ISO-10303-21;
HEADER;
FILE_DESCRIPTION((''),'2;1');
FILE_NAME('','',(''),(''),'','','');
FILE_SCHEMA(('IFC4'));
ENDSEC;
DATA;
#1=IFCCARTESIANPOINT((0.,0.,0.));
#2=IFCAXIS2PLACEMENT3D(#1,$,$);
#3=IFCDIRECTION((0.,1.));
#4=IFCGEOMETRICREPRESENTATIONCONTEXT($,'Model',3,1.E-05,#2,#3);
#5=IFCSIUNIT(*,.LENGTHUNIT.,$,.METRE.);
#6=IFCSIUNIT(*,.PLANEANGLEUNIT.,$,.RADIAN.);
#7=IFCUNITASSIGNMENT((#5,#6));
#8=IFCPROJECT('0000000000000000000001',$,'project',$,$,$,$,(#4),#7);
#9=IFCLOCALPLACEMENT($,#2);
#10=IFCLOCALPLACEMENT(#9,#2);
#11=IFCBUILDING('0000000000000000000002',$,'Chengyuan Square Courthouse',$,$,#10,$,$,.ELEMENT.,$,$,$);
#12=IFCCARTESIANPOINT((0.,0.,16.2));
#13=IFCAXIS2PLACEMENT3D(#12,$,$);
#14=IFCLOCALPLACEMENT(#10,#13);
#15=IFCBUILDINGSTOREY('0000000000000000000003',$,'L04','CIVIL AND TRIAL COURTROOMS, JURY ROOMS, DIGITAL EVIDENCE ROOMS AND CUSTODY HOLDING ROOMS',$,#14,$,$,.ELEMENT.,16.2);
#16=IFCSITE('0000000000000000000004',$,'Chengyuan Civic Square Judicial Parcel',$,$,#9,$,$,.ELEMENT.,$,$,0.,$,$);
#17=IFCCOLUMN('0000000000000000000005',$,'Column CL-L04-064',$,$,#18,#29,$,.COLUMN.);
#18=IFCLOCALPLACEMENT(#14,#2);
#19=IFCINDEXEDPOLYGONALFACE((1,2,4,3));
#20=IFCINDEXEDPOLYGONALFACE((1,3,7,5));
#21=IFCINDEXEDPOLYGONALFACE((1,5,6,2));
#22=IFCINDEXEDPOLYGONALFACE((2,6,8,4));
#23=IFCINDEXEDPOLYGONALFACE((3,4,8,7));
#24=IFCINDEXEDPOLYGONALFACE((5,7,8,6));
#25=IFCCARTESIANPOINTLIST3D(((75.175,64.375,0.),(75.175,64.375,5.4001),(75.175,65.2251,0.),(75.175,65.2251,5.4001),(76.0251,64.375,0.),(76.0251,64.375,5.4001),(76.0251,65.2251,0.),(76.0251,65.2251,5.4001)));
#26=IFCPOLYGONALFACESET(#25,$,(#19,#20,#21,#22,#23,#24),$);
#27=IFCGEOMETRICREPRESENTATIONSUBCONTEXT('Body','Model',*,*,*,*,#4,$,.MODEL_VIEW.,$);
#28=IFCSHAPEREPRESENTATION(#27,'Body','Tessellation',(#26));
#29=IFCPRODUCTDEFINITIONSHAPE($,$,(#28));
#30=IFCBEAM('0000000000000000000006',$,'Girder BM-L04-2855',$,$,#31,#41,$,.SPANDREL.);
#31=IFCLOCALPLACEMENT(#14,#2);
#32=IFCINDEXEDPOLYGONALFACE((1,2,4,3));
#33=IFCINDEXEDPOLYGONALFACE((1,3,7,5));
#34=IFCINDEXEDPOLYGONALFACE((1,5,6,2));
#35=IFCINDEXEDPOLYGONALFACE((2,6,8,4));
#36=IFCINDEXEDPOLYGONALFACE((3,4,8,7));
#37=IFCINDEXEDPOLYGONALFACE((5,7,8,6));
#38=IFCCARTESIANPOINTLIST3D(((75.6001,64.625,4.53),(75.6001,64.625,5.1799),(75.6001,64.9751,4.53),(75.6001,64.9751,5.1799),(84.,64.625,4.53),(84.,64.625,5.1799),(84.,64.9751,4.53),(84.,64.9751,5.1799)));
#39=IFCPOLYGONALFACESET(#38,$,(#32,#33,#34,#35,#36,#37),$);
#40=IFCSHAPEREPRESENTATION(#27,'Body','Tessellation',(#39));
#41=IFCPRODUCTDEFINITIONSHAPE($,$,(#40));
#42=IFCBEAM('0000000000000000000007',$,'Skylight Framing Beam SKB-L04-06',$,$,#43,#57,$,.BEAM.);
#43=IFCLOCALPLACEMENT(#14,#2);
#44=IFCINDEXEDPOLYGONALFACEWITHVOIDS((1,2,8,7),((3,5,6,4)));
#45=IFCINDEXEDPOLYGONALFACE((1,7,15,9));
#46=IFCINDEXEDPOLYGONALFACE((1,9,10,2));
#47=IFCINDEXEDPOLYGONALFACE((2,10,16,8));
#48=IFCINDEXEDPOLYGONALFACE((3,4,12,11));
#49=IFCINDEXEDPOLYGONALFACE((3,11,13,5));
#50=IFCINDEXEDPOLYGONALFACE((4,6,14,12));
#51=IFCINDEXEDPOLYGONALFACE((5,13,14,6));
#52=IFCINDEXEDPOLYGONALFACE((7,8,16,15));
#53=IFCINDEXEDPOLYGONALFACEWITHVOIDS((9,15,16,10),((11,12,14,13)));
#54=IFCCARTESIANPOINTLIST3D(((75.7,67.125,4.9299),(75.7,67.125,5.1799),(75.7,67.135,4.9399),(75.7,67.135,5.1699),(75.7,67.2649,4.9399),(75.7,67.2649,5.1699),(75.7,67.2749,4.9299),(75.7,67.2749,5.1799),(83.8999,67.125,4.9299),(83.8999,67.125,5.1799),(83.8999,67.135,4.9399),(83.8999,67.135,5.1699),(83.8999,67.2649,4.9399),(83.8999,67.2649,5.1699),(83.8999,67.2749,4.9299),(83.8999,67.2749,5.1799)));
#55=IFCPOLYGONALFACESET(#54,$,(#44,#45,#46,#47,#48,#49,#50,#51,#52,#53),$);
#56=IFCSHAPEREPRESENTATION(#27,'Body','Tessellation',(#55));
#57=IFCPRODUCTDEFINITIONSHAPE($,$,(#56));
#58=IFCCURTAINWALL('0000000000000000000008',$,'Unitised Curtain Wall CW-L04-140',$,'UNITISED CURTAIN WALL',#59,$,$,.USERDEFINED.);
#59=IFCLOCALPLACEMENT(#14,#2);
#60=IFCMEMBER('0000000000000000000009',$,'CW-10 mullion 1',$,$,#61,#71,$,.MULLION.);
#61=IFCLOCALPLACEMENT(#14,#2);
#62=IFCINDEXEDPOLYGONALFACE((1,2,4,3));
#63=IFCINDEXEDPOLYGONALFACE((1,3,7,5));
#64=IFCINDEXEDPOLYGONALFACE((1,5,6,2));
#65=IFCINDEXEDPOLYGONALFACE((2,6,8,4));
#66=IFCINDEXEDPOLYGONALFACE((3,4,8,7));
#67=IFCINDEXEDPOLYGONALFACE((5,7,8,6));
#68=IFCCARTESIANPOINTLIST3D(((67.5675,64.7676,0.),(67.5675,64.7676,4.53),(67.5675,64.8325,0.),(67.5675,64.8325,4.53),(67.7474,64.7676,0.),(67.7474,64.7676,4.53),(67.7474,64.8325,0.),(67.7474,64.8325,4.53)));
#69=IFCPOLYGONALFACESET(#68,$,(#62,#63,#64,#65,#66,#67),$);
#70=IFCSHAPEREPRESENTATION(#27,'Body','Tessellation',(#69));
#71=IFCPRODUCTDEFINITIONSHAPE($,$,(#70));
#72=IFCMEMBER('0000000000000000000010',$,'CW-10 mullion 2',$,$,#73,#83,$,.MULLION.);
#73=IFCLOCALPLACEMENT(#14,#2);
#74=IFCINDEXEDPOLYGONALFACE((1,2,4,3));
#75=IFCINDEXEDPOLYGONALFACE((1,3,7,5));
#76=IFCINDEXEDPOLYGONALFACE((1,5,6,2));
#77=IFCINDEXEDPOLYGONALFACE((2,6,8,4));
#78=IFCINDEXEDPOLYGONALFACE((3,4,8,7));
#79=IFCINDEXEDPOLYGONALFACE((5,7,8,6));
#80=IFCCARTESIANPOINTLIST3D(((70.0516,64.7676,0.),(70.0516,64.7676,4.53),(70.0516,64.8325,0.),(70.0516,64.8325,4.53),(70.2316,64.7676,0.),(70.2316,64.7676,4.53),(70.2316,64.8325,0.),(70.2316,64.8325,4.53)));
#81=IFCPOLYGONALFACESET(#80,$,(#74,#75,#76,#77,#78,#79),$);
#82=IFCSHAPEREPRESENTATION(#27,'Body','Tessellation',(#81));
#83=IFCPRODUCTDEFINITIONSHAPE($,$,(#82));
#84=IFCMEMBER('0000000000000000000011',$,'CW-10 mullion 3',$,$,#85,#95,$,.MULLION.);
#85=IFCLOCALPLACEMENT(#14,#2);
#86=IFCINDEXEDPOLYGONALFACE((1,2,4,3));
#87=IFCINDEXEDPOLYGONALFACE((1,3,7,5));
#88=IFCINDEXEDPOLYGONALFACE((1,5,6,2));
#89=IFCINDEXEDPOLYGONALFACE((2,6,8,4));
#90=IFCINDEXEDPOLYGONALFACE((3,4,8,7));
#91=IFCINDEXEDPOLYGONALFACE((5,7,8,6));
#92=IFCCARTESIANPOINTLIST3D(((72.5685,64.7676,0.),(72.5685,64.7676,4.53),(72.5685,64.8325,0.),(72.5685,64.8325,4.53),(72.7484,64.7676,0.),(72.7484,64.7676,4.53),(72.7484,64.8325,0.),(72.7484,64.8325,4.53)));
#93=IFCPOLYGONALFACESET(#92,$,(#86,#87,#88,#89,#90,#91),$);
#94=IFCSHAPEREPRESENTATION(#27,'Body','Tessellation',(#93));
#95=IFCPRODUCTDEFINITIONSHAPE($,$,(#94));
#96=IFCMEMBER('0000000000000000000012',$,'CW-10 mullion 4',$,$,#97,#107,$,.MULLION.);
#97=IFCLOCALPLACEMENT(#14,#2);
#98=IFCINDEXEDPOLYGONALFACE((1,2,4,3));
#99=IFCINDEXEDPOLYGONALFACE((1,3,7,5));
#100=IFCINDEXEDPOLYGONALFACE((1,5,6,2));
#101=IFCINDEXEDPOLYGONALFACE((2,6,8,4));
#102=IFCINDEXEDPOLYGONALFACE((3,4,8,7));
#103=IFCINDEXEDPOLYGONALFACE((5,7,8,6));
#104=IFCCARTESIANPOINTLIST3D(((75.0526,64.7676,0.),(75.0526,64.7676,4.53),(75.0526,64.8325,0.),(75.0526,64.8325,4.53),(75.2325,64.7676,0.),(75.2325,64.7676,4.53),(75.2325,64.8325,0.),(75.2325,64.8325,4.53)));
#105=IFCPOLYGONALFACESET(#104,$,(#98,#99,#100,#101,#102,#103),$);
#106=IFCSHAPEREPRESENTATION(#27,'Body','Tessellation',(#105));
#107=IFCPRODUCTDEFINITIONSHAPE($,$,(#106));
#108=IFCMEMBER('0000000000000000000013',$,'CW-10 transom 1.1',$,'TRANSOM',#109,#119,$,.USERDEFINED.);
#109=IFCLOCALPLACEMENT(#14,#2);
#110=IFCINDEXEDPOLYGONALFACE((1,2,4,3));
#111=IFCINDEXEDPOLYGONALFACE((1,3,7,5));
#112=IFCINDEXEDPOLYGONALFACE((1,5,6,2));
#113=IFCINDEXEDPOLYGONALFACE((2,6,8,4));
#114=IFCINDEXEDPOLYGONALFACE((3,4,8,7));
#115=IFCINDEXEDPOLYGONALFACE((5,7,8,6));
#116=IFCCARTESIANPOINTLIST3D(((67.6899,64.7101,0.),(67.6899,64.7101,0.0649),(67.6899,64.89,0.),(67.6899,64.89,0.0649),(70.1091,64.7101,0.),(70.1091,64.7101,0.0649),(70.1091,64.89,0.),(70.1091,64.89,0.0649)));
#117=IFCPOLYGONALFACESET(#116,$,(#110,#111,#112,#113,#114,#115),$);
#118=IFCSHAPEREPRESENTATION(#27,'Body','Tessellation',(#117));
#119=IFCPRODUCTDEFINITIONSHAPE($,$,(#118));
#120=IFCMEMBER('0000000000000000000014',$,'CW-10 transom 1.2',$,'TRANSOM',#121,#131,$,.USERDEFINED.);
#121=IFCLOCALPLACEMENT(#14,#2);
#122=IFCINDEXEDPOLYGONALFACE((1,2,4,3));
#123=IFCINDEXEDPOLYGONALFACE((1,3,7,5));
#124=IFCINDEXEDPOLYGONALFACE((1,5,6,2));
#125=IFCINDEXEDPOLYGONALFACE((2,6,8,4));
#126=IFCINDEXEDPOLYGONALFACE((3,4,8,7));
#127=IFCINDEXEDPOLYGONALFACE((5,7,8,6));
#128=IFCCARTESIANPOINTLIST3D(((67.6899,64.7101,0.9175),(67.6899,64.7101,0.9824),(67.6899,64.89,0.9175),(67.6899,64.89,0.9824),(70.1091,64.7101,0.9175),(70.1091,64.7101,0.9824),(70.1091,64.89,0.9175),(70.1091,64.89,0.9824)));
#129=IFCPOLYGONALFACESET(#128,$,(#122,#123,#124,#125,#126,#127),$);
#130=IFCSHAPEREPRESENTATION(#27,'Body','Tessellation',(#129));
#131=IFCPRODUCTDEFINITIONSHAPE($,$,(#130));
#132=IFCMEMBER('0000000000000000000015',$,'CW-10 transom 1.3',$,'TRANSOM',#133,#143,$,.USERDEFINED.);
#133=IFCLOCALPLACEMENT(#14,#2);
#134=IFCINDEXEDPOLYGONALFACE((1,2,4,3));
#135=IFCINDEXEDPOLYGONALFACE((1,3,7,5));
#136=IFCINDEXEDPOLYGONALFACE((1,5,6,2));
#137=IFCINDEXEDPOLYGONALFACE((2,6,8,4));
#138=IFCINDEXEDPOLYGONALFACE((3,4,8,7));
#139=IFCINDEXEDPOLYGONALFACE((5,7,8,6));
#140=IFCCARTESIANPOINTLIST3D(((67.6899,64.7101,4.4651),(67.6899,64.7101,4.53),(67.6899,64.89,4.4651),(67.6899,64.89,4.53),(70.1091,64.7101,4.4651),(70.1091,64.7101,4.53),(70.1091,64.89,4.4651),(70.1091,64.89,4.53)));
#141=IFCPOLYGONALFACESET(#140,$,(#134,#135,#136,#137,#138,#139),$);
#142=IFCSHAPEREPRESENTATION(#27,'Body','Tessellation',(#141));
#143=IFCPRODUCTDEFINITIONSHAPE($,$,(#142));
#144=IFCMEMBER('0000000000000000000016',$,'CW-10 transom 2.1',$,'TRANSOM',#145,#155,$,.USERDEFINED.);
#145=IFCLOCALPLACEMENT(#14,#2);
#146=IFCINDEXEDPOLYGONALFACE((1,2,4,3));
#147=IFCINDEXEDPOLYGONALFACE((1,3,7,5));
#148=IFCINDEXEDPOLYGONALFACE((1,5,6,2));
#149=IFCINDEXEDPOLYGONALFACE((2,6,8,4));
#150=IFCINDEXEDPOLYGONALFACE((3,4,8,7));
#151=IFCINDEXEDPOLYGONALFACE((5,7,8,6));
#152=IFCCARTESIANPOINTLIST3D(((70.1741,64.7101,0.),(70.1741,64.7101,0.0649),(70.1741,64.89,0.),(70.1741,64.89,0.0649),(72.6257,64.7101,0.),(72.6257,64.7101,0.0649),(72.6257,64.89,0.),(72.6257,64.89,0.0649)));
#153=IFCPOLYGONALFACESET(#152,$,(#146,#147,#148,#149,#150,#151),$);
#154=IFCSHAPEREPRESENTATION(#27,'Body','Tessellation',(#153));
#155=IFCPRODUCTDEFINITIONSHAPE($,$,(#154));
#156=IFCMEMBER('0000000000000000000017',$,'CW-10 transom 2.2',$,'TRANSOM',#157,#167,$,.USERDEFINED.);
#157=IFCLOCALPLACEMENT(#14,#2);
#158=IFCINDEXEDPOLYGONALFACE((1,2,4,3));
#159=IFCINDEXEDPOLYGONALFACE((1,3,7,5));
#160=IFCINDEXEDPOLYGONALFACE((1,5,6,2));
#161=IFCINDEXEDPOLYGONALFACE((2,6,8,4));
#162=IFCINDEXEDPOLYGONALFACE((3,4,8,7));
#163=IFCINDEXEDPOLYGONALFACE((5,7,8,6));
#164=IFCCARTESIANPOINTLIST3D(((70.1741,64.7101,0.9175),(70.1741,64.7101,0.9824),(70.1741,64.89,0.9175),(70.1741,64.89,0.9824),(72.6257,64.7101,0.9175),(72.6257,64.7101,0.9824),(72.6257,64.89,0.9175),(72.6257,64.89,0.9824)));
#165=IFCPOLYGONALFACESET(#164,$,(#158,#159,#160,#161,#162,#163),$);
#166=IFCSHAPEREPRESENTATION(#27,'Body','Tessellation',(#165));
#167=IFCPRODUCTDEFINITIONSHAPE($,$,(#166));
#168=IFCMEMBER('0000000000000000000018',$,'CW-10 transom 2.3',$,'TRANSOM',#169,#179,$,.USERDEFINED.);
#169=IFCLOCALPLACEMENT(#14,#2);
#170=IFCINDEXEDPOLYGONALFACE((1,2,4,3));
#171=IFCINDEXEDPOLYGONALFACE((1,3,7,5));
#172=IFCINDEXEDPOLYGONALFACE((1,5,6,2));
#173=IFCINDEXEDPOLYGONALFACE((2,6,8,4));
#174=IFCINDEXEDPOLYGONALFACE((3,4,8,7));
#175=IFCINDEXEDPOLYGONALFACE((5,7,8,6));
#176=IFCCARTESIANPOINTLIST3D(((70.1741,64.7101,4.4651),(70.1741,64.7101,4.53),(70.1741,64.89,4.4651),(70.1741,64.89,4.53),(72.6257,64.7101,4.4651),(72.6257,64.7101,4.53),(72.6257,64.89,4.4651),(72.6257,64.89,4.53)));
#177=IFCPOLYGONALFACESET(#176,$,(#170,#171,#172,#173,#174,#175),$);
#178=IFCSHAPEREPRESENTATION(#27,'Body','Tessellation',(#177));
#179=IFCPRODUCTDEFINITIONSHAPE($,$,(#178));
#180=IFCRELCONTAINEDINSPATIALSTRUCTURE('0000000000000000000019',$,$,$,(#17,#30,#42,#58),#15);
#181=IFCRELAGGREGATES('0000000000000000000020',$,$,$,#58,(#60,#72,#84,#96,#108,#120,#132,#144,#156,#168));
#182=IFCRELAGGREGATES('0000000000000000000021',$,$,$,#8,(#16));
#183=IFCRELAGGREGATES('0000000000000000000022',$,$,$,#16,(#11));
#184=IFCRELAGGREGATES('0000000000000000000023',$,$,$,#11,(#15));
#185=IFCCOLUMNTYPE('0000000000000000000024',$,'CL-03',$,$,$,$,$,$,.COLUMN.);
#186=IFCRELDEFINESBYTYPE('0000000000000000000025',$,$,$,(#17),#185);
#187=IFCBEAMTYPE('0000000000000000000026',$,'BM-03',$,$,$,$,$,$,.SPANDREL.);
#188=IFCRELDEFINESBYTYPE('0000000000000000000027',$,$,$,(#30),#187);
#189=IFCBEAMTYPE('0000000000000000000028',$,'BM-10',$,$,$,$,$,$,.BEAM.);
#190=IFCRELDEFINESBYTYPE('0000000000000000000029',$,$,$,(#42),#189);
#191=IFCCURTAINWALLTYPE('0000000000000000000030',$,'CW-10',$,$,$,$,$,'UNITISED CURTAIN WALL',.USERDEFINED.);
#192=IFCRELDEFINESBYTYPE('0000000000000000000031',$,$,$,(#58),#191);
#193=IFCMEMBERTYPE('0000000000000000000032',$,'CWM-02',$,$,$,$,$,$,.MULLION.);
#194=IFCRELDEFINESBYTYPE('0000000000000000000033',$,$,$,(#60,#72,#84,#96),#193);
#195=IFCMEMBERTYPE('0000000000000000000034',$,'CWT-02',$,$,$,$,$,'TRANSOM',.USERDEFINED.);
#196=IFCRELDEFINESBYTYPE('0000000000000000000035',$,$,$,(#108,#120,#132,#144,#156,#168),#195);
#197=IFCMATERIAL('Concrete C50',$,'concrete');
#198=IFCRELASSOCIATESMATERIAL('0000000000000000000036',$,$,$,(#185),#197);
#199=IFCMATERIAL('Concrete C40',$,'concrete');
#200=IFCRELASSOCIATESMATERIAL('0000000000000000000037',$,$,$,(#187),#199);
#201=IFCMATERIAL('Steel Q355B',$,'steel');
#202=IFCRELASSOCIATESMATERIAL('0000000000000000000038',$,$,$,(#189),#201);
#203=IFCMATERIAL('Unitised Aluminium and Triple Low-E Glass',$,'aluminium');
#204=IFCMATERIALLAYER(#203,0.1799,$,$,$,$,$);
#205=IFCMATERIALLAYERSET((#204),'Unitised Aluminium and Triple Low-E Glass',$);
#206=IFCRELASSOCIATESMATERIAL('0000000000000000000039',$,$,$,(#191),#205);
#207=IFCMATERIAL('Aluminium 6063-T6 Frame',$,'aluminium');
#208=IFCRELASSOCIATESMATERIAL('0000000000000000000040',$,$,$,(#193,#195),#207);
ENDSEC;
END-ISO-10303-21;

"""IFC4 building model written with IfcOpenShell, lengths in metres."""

from ifc_helpers import new_model, si_unit, direction, frame, origin, origin_2d, place, context, subcontext, project, spatial, rectangle, hollow_rectangle, extrude, material, layer, layer_set, material_profile, profile_set, type_object, element, aggregate, save


model = new_model("IFC4")

# Units and contexts
model_context = context("Model", 3, precision=1e-05, world=origin(), true_north=direction((0.0, 1.0)))
body_context = subcontext(model_context, "Body", "Model", "MODEL_VIEW")
ifc_project = project(units=[si_unit("LENGTHUNIT", "METRE"), si_unit("PLANEANGLEUNIT", "RADIAN")], contexts=[model_context])

# Site, building, storey
site_placement = place(None, origin())
site = spatial("IfcSite", under=ifc_project, at=site_placement, Name="Chengyuan Civic Square Judicial Parcel", CompositionType="ELEMENT", RefElevation=0.0)
building_placement = place(site_placement, origin())
building = spatial("IfcBuilding", under=site, at=building_placement, Name="Chengyuan Square Courthouse", CompositionType="ELEMENT")
storey_placement = place(building_placement, frame((0.0, 0.0, 16.2)))
storey = spatial("IfcBuildingStorey", under=building, at=storey_placement, Name="L04", Description="CIVIL AND TRIAL COURTROOMS, JURY ROOMS, DIGITAL EVIDENCE ROOMS AND CUSTODY HOLDING ROOMS", CompositionType="ELEMENT", Elevation=16.2)

# Column
ifc_material_1 = material(Name="Concrete C50", Category="concrete")
ifc_material_profile_1 = material_profile(ifc_material_1, rectangle(XDim=0.8501, YDim=0.8501, at=origin_2d()), Name="RC-COL-850x850")
ifc_profile_set_1 = profile_set([ifc_material_profile_1], Name="Concrete C50")
column_type = type_object("IfcColumnType", Name="CL-03", PredefinedType="COLUMN", material=ifc_profile_set_1)
column_placement = place(storey_placement, frame((75.6001, 64.8, 0.0), z_axis=(0.0, 0.0, 1.0), x_axis=(1.0, 0.0, 0.0)))
element("IfcColumn", 1, at=column_placement, inside=storey, type_object=column_type, Name="Column CL-L04-064", PredefinedType="COLUMN", context=body_context, shape_type="SweptSolid", body=[
    extrude(rectangle(XDim=0.8501, YDim=0.8501, at=origin_2d()), origin(), (0.0, 0.0, 1.0), 5.4001),
])

# Beams
ifc_material_2 = material(Name="Concrete C40", Category="concrete")
ifc_material_profile_2 = material_profile(ifc_material_2, rectangle(XDim=0.3501, YDim=0.6499, at=origin_2d()), Name="RC-BM-350x650")
ifc_profile_set_2 = profile_set([ifc_material_profile_2], Name="Concrete C40")
beam_type_1 = type_object("IfcBeamType", Name="BM-03", PredefinedType="SPANDREL", material=ifc_profile_set_2)
beam_1_placement = place(storey_placement, frame((75.6001, 64.8, 4.855), z_axis=(1.0, 0.0, 0.0), x_axis=(0.0, 1.0, 0.0)))
element("IfcBeam", 2, at=beam_1_placement, inside=storey, type_object=beam_type_1, Name="Girder BM-L04-2855", PredefinedType="SPANDREL", context=body_context, shape_type="SweptSolid", body=[
    extrude(rectangle(XDim=0.3501, YDim=0.6499, at=origin_2d()), origin(), (0.0, 0.0, 1.0), 8.3999),
])
ifc_material_3 = material(Name="Steel Q355B", Category="steel")
ifc_material_profile_3 = material_profile(ifc_material_3, hollow_rectangle(XDim=0.1499, YDim=0.25, WallThickness=0.01, at=origin_2d()), Name="RHS 250x150x10")
ifc_profile_set_3 = profile_set([ifc_material_profile_3], Name="Steel Q355B")
beam_type_2 = type_object("IfcBeamType", Name="BM-10", PredefinedType="BEAM", material=ifc_profile_set_3)
beam_2_placement = place(storey_placement, frame((75.7, 67.2, 5.0549), z_axis=(1.0, 0.0, 0.0), x_axis=(0.0, 1.0, 0.0)))
element("IfcBeam", 3, at=beam_2_placement, inside=storey, type_object=beam_type_2, Name="Skylight Framing Beam SKB-L04-06", PredefinedType="BEAM", context=body_context, shape_type="SweptSolid", body=[
    extrude(hollow_rectangle(XDim=0.1499, YDim=0.25, WallThickness=0.01, at=origin_2d()), origin(), (0.0, 0.0, 1.0), 8.2),
])

# Curtain wall, members
ifc_material_4 = material(Name="Unitised Aluminium and Triple Low-E Glass", Category="aluminium")
ifc_layer_1 = layer(ifc_material_4, 0.1799)
ifc_layer_set_1 = layer_set([ifc_layer_1], Name="Unitised Aluminium and Triple Low-E Glass")
curtain_wall_type = type_object("IfcCurtainWallType", Name="CW-10", ElementType="UNITISED CURTAIN WALL", PredefinedType="USERDEFINED", material=ifc_layer_set_1)
curtain_wall_placement = place(storey_placement, origin())
curtain_wall = element("IfcCurtainWall", 4, at=curtain_wall_placement, inside=storey, type_object=curtain_wall_type, Name="Unitised Curtain Wall CW-L04-140", ObjectType="UNITISED CURTAIN WALL", PredefinedType="USERDEFINED")
ifc_material_5 = material(Name="Aluminium 6063-T6 Frame", Category="aluminium")
ifc_material_profile_4 = material_profile(ifc_material_5, rectangle(XDim=0.0649, YDim=0.1799, at=origin_2d()), Name="CW-MUL-65x180")
ifc_profile_set_4 = profile_set([ifc_material_profile_4], Name="Aluminium 6063-T6 Frame")
member_type_1 = type_object("IfcMemberType", Name="CWM-02", PredefinedType="MULLION", material=ifc_profile_set_4)
member_1_placement = place(storey_placement, frame((67.6575, 64.8, 0.0), z_axis=(0.0, 0.0, 1.0), x_axis=(0.0, 1.0, 0.0)))
member_1 = element("IfcMember", 5, at=member_1_placement, type_object=member_type_1, Name="CW-10 mullion 1", PredefinedType="MULLION", context=body_context, shape_type="SweptSolid", body=[
    extrude(rectangle(XDim=0.0649, YDim=0.1799, at=origin_2d()), origin(), (0.0, 0.0, 1.0), 4.53),
])
member_2_placement = place(storey_placement, frame((70.1416, 64.8, 0.0), z_axis=(0.0, 0.0, 1.0), x_axis=(0.0, 1.0, 0.0)))
member_2 = element("IfcMember", 6, at=member_2_placement, type_object=member_type_1, Name="CW-10 mullion 2", PredefinedType="MULLION", context=body_context, shape_type="SweptSolid", body=[
    extrude(rectangle(XDim=0.0649, YDim=0.1799, at=origin_2d()), origin(), (0.0, 0.0, 1.0), 4.53),
])
member_3_placement = place(storey_placement, frame((72.6584, 64.8, 0.0), z_axis=(0.0, 0.0, 1.0), x_axis=(0.0, 1.0, 0.0)))
member_3 = element("IfcMember", 7, at=member_3_placement, type_object=member_type_1, Name="CW-10 mullion 3", PredefinedType="MULLION", context=body_context, shape_type="SweptSolid", body=[
    extrude(rectangle(XDim=0.0649, YDim=0.1799, at=origin_2d()), origin(), (0.0, 0.0, 1.0), 4.53),
])
member_4_placement = place(storey_placement, frame((75.1426, 64.8, 0.0), z_axis=(0.0, 0.0, 1.0), x_axis=(0.0, 1.0, 0.0)))
member_4 = element("IfcMember", 8, at=member_4_placement, type_object=member_type_1, Name="CW-10 mullion 4", PredefinedType="MULLION", context=body_context, shape_type="SweptSolid", body=[
    extrude(rectangle(XDim=0.0649, YDim=0.1799, at=origin_2d()), origin(), (0.0, 0.0, 1.0), 4.53),
])
ifc_material_profile_5 = material_profile(ifc_material_5, rectangle(XDim=0.1799, YDim=0.0649, at=origin_2d()), Name="CW-TRN-65x140")
ifc_profile_set_5 = profile_set([ifc_material_profile_5], Name="Aluminium 6063-T6 Frame")
member_type_2 = type_object("IfcMemberType", Name="CWT-02", ElementType="TRANSOM", PredefinedType="USERDEFINED", material=ifc_profile_set_5)
member_5_placement = place(storey_placement, frame((67.6899, 64.8, 0.0325), z_axis=(1.0, 0.0, 0.0), x_axis=(0.0, 1.0, 0.0)))
member_5 = element("IfcMember", 9, at=member_5_placement, type_object=member_type_2, Name="CW-10 transom 1.1", ObjectType="TRANSOM", PredefinedType="USERDEFINED", context=body_context, shape_type="SweptSolid", body=[
    extrude(rectangle(XDim=0.1799, YDim=0.0649, at=origin_2d()), origin(), (0.0, 0.0, 1.0), 2.4192),
])
member_6_placement = place(storey_placement, frame((67.6899, 64.8, 0.95), z_axis=(1.0, 0.0, 0.0), x_axis=(0.0, 1.0, 0.0)))
member_6 = element("IfcMember", 10, at=member_6_placement, type_object=member_type_2, Name="CW-10 transom 1.2", ObjectType="TRANSOM", PredefinedType="USERDEFINED", context=body_context, shape_type="SweptSolid", body=[
    extrude(rectangle(XDim=0.1799, YDim=0.0649, at=origin_2d()), origin(), (0.0, 0.0, 1.0), 2.4192),
])
member_7_placement = place(storey_placement, frame((67.6899, 64.8, 4.4976), z_axis=(1.0, 0.0, 0.0), x_axis=(0.0, 1.0, 0.0)))
member_7 = element("IfcMember", 11, at=member_7_placement, type_object=member_type_2, Name="CW-10 transom 1.3", ObjectType="TRANSOM", PredefinedType="USERDEFINED", context=body_context, shape_type="SweptSolid", body=[
    extrude(rectangle(XDim=0.1799, YDim=0.0649, at=origin_2d()), origin(), (0.0, 0.0, 1.0), 2.4192),
])
member_8_placement = place(storey_placement, frame((70.1741, 64.8, 0.0325), z_axis=(1.0, 0.0, 0.0), x_axis=(0.0, 1.0, 0.0)))
member_8 = element("IfcMember", 12, at=member_8_placement, type_object=member_type_2, Name="CW-10 transom 2.1", ObjectType="TRANSOM", PredefinedType="USERDEFINED", context=body_context, shape_type="SweptSolid", body=[
    extrude(rectangle(XDim=0.1799, YDim=0.0649, at=origin_2d()), origin(), (0.0, 0.0, 1.0), 2.4517),
])
member_9_placement = place(storey_placement, frame((70.1741, 64.8, 0.95), z_axis=(1.0, 0.0, 0.0), x_axis=(0.0, 1.0, 0.0)))
member_9 = element("IfcMember", 13, at=member_9_placement, type_object=member_type_2, Name="CW-10 transom 2.2", ObjectType="TRANSOM", PredefinedType="USERDEFINED", context=body_context, shape_type="SweptSolid", body=[
    extrude(rectangle(XDim=0.1799, YDim=0.0649, at=origin_2d()), origin(), (0.0, 0.0, 1.0), 2.4517),
])
member_10_placement = place(storey_placement, frame((70.1741, 64.8, 4.4976), z_axis=(1.0, 0.0, 0.0), x_axis=(0.0, 1.0, 0.0)))
member_10 = element("IfcMember", 14, at=member_10_placement, type_object=member_type_2, Name="CW-10 transom 2.3", ObjectType="TRANSOM", PredefinedType="USERDEFINED", context=body_context, shape_type="SweptSolid", body=[
    extrude(rectangle(XDim=0.1799, YDim=0.0649, at=origin_2d()), origin(), (0.0, 0.0, 1.0), 2.4517),
])

aggregate(curtain_wall, [member_1, member_2, member_3, member_4, member_5, member_6, member_7, member_8, member_9, member_10])

save(model, "model.ifc")
